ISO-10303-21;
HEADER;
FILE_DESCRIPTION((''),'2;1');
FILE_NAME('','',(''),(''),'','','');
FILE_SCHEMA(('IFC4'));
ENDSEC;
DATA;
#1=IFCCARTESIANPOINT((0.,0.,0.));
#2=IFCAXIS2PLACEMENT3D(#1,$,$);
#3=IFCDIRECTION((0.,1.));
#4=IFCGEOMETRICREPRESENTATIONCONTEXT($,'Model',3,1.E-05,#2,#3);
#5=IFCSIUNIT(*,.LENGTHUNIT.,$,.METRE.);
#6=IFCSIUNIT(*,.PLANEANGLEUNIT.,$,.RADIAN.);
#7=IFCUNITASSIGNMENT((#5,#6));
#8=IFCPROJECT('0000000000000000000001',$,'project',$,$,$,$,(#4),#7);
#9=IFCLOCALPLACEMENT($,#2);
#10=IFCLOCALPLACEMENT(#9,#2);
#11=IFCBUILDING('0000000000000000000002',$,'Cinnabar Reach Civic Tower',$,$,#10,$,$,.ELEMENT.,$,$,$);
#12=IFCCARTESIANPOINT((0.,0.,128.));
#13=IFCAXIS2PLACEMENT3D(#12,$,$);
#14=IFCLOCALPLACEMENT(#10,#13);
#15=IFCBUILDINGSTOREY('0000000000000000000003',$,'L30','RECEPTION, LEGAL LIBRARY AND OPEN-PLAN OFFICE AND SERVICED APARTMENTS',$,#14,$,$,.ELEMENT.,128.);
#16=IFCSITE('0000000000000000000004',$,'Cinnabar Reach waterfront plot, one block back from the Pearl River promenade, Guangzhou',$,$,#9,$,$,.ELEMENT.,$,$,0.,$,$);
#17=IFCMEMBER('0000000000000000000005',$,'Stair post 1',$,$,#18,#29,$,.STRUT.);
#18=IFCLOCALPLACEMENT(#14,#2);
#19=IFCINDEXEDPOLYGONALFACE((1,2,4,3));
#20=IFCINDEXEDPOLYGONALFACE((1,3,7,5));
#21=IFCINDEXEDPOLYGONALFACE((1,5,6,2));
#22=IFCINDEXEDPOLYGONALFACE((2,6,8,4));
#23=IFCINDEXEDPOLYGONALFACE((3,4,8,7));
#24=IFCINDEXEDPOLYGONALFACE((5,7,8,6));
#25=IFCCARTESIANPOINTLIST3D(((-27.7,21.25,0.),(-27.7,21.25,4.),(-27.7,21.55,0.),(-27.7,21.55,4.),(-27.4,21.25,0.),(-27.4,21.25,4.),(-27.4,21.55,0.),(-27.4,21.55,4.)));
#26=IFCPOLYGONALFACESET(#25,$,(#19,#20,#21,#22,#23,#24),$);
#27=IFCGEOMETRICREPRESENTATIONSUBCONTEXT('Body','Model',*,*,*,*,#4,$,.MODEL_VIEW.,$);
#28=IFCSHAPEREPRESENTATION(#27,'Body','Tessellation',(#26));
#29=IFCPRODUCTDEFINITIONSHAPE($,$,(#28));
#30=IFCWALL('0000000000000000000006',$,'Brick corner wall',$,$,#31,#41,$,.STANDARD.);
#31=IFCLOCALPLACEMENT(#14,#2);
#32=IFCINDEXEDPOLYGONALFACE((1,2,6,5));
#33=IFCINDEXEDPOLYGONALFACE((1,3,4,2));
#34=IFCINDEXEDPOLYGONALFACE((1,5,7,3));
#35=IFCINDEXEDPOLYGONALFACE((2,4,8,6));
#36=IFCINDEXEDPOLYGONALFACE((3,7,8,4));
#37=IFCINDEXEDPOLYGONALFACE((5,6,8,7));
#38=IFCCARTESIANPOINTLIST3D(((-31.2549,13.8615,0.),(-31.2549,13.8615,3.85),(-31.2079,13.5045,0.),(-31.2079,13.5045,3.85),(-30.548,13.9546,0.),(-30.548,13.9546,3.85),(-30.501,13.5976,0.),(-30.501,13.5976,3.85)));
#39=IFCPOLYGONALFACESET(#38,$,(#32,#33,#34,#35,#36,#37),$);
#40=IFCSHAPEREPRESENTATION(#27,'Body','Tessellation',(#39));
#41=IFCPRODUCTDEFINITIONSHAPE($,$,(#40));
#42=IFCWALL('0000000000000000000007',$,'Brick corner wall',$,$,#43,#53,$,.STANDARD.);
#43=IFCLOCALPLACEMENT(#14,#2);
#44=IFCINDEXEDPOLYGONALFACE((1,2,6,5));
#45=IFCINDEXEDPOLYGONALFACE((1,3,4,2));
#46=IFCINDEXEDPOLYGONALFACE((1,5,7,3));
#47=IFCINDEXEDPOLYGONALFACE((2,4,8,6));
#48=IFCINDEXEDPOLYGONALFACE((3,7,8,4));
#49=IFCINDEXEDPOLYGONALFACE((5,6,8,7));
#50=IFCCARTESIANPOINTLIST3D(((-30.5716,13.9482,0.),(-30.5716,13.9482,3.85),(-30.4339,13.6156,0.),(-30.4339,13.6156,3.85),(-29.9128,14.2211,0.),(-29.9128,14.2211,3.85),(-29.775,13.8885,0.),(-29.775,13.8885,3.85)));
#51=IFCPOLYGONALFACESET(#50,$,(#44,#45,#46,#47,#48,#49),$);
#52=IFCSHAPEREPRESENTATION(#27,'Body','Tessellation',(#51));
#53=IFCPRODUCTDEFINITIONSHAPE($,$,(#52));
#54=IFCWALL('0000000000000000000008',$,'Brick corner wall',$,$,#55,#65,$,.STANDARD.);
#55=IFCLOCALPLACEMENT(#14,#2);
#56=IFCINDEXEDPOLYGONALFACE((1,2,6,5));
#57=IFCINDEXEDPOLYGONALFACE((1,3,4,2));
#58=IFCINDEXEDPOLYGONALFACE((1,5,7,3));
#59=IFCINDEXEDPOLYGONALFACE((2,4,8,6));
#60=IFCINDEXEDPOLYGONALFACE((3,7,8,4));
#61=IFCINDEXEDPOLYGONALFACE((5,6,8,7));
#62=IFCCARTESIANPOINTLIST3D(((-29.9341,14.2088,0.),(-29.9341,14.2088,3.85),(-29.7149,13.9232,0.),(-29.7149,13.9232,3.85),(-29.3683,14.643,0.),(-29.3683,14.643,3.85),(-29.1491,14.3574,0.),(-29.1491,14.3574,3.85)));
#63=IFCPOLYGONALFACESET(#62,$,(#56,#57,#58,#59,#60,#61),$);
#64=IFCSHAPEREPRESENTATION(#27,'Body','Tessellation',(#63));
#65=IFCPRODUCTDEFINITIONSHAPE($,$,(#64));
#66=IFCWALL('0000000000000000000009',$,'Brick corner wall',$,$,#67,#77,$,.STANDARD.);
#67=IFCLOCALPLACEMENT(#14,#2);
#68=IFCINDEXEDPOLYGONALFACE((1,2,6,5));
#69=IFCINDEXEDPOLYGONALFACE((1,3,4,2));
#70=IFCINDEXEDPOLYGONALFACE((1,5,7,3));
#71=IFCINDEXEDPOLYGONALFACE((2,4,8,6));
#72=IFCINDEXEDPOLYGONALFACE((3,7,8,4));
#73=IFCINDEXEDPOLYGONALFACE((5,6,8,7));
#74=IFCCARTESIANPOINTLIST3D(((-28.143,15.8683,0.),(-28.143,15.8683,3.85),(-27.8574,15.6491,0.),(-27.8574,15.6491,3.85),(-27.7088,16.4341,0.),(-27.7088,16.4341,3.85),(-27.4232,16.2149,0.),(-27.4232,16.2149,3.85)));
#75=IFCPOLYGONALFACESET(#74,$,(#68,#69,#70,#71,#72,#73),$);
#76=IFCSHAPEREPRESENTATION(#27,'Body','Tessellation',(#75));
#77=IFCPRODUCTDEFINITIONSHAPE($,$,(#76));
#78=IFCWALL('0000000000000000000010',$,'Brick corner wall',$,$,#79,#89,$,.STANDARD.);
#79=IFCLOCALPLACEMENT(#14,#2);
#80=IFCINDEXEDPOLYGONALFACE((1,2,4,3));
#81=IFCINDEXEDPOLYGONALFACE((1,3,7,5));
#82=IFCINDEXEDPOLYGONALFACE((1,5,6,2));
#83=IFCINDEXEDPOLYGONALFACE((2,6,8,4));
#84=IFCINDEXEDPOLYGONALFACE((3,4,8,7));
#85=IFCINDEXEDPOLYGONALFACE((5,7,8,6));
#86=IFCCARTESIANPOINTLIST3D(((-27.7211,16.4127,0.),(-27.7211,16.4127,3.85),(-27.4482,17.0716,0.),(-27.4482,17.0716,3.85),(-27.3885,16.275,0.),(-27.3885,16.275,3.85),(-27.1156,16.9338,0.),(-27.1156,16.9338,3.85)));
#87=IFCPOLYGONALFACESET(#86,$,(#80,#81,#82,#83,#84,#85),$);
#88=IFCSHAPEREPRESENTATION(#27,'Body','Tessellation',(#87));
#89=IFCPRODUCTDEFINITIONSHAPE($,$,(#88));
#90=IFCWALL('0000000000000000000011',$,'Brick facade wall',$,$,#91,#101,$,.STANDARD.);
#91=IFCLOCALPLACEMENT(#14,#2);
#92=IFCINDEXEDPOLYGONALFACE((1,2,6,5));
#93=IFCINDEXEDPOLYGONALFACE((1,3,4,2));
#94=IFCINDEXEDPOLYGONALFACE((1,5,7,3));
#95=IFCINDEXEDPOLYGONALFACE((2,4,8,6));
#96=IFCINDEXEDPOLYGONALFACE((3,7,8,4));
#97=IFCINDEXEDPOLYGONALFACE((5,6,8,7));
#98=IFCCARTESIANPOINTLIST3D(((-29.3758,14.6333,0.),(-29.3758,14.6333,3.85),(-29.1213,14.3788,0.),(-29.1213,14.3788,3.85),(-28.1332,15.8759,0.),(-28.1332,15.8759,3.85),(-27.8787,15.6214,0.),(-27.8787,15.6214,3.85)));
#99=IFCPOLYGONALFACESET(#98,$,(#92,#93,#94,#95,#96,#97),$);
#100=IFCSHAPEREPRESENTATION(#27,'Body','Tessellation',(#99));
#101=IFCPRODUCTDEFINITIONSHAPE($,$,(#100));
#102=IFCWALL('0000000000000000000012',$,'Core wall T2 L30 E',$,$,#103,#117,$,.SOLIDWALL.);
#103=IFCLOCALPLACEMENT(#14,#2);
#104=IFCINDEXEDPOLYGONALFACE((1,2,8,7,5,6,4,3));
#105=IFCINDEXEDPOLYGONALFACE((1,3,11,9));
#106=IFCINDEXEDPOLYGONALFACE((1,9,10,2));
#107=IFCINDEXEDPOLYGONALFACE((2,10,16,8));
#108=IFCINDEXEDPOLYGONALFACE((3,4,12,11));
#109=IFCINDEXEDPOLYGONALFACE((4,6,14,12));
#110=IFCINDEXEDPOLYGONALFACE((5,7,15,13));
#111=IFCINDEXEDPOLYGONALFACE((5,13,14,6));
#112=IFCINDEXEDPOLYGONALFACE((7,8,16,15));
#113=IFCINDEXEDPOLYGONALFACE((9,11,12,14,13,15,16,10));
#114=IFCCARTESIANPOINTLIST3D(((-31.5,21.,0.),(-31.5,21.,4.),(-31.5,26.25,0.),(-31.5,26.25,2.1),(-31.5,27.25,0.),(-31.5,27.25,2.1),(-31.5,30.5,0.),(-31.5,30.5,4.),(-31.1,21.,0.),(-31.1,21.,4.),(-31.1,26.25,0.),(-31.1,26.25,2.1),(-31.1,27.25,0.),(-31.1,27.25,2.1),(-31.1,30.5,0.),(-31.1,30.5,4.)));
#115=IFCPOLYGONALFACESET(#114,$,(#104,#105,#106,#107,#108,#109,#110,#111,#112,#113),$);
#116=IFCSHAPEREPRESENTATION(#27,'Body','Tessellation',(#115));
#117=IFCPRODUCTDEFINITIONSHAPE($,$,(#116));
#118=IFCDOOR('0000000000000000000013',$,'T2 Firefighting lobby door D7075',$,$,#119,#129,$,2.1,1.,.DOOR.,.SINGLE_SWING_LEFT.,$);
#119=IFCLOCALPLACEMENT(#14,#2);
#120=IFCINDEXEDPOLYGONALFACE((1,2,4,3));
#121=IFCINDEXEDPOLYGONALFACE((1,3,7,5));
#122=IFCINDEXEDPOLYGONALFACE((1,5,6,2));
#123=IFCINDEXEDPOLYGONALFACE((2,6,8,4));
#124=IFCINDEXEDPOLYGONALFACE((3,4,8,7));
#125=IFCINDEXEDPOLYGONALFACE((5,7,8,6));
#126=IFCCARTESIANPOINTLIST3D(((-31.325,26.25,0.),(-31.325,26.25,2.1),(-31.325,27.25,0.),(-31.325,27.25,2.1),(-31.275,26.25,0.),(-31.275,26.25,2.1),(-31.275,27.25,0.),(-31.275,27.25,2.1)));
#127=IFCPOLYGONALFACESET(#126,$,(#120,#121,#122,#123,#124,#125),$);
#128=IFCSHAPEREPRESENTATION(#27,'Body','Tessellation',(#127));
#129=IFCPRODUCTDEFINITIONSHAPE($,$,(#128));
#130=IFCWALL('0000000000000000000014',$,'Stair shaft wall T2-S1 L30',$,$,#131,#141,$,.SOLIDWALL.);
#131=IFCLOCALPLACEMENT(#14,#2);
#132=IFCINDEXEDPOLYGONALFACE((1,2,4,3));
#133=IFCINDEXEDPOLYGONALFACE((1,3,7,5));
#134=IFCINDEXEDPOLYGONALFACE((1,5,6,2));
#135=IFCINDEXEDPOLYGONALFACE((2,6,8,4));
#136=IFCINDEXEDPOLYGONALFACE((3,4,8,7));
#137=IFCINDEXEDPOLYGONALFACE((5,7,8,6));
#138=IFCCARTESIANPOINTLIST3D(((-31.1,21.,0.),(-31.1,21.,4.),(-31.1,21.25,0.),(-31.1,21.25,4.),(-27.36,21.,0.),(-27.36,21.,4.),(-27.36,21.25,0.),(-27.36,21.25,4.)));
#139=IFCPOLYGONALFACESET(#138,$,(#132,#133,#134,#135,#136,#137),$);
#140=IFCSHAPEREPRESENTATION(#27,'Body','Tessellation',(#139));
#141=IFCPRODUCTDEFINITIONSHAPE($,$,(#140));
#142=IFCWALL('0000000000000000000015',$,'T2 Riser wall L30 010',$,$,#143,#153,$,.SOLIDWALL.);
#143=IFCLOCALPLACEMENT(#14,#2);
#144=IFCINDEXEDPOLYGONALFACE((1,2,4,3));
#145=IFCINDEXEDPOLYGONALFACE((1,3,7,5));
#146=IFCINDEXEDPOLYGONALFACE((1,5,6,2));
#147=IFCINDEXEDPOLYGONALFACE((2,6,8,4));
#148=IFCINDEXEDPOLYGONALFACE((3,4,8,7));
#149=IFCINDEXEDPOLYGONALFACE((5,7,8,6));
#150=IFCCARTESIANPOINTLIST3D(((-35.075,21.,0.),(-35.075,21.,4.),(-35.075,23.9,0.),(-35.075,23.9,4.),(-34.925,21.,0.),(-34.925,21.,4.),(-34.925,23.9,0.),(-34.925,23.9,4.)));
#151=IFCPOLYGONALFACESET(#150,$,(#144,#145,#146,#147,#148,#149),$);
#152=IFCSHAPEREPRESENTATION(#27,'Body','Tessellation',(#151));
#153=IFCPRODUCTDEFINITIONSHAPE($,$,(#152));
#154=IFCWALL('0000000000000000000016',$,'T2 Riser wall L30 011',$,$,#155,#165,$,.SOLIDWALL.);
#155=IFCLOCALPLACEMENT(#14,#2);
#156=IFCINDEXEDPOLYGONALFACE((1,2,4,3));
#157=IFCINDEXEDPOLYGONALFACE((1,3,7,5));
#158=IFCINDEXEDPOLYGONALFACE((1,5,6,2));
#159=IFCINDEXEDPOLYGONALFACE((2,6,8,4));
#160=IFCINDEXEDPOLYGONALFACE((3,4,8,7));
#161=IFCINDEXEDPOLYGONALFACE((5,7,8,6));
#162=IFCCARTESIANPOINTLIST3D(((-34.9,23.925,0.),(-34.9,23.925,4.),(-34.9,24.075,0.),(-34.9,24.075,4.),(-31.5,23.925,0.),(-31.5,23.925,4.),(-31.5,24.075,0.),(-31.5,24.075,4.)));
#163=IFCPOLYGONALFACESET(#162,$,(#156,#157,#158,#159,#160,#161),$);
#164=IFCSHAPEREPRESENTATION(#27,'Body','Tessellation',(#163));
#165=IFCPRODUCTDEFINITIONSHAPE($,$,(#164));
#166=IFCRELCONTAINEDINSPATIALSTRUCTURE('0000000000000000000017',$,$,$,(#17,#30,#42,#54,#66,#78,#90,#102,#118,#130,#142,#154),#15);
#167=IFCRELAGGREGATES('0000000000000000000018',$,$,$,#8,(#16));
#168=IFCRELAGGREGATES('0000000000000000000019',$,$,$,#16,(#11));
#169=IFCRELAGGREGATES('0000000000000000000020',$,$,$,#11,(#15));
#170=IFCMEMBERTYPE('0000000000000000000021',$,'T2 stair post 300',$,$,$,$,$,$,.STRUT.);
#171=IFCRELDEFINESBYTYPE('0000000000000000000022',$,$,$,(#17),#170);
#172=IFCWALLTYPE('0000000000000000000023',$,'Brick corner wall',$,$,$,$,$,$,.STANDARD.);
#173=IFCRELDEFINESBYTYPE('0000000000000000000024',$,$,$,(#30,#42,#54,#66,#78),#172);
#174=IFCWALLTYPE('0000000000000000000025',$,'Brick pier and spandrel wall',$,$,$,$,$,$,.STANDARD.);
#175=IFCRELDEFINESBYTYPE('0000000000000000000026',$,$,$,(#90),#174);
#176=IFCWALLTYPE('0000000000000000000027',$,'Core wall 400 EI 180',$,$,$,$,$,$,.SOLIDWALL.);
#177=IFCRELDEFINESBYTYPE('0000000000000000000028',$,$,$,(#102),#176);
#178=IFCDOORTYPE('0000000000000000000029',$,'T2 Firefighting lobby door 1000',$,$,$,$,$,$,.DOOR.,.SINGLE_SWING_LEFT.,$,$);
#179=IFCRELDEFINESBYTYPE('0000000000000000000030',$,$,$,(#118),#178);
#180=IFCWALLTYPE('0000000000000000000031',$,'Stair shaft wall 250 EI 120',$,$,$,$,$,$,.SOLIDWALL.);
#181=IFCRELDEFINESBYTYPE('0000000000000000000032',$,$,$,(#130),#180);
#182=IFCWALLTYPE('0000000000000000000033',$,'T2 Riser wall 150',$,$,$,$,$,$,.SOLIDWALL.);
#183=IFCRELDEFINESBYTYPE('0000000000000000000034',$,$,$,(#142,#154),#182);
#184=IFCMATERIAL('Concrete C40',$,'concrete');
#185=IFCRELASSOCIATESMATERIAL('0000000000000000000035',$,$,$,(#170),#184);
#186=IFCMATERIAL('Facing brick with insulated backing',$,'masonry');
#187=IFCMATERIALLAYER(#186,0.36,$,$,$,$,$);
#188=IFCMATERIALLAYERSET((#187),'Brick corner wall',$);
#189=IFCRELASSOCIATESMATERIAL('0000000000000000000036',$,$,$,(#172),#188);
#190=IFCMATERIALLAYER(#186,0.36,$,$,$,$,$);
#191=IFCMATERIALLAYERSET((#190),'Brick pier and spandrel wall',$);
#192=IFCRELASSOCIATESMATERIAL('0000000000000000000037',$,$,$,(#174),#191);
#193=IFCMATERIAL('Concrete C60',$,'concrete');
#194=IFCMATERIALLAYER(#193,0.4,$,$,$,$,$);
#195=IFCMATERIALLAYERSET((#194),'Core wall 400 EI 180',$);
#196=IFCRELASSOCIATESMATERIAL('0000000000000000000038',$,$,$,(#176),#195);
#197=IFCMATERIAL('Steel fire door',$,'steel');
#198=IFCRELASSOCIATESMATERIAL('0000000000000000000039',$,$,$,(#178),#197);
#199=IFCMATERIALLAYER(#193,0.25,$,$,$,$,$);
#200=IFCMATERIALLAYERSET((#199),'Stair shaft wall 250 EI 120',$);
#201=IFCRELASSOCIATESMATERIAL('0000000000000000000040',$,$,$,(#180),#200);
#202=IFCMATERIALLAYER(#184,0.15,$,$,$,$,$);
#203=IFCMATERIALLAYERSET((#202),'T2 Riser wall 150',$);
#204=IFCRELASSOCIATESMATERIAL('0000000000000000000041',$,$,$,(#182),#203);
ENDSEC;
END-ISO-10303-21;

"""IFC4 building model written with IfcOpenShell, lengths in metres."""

from ifc_helpers import new_model, si_unit, direction, frame, frame_2d, origin, origin_2d, place, context, subcontext, project, spatial, rectangle, extrude, material, layer, layer_set, material_profile, profile_set, type_object, element, fill, save


model = new_model("IFC4")

# Units and contexts
model_context = context("Model", 3, precision=1e-05, world=origin(), true_north=direction((0.0, 1.0)))
body_context = subcontext(model_context, "Body", "Model", "MODEL_VIEW")
ifc_project = project(units=[si_unit("LENGTHUNIT", "METRE"), si_unit("PLANEANGLEUNIT", "RADIAN")], contexts=[model_context])

# Site, building, storey
site_placement = place(None, origin())
site = spatial("IfcSite", under=ifc_project, at=site_placement, Name="Cinnabar Reach waterfront plot, one block back from the Pearl River promenade, Guangzhou", CompositionType="ELEMENT", RefElevation=0.0)
building_placement = place(site_placement, origin())
building = spatial("IfcBuilding", under=site, at=building_placement, Name="Cinnabar Reach Civic Tower", CompositionType="ELEMENT")
storey_placement = place(building_placement, frame((0.0, 0.0, 128.0)))
storey = spatial("IfcBuildingStorey", under=building, at=storey_placement, Name="L30", Description="RECEPTION, LEGAL LIBRARY AND OPEN-PLAN OFFICE AND SERVICED APARTMENTS", CompositionType="ELEMENT", Elevation=128.0)

# Shared definitions
ifc_material_1 = material(Name="Concrete C60", Category="concrete")

# Member
ifc_material_2 = material(Name="Concrete C40", Category="concrete")
ifc_material_profile_1 = material_profile(ifc_material_2, rectangle(XDim=0.3, YDim=0.3, at=origin_2d()), Name="C300")
ifc_profile_set_1 = profile_set([ifc_material_profile_1], Name="Concrete C40")
member_type = type_object("IfcMemberType", Name="T2 stair post 300", PredefinedType="STRUT", material=ifc_profile_set_1)
member_placement = place(storey_placement, frame((-27.55, 21.4, 0.0), z_axis=(0.0, 0.0, 1.0), x_axis=(1.0, 0.0, 0.0)))
element("IfcMember", 1, at=member_placement, inside=storey, type_object=member_type, Name="Stair post 1", PredefinedType="STRUT", context=body_context, shape_type="SweptSolid", body=[
    extrude(rectangle(XDim=0.3, YDim=0.3, at=origin_2d()), origin(), (0.0, 0.0, 1.0), 4.0),
])

# Walls
ifc_material_3 = material(Name="Facing brick with insulated backing", Category="masonry")
ifc_layer_1 = layer(ifc_material_3, 0.36)
ifc_layer_set_1 = layer_set([ifc_layer_1], Name="Brick corner wall")
wall_type_1 = type_object("IfcWallType", Name="Brick corner wall", PredefinedType="STANDARD", material=ifc_layer_set_1)
for number, where, z_axis, x_axis, name in (
    (2, (-31.2314, 13.683, 0.0), (0.0, 0.0, 1.0), (0.991441, 0.130556, 0.0), "Brick corner wall"),
    (3, (-30.5027, 13.7819, 0.0), (0.0, 0.0, 1.0), (0.923872, 0.382703, 0.0), "Brick corner wall"),
):
    element("IfcWall", number, at=place(storey_placement, frame(where, z_axis=z_axis, x_axis=x_axis)), inside=storey, type_object=wall_type_1, Name=name, PredefinedType="STANDARD", context=body_context, shape_type="SweptSolid", body=[
        extrude(rectangle(XDim=0.7131, YDim=0.36, at=frame_2d((0.3565, 0.0))), origin(), (0.0, 0.0, 1.0), 3.85),
    ])
for number, where, z_axis, x_axis, name in (
    (4, (-29.8245, 14.066, 0.0), (0.0, 0.0, 1.0), (0.793322, 0.608802, 0.0), "Brick corner wall"),
    (5, (-28.0002, 15.7587, 0.0), (0.0, 0.0, 1.0), (0.608802, 0.793322, 0.0), "Brick corner wall"),
):
    element("IfcWall", number, at=place(storey_placement, frame(where, z_axis=z_axis, x_axis=x_axis)), inside=storey, type_object=wall_type_1, Name=name, PredefinedType="STANDARD", context=body_context, shape_type="SweptSolid", body=[
        extrude(rectangle(XDim=0.7132, YDim=0.36, at=frame_2d((0.3566, 0.0))), origin(), (0.0, 0.0, 1.0), 3.85),
    ])
wall_1_placement = place(storey_placement, frame((-27.5548, 16.3439, 0.0), z_axis=(0.0, 0.0, 1.0), x_axis=(0.382703, 0.923872, 0.0)))
element("IfcWall", 6, at=wall_1_placement, inside=storey, type_object=wall_type_1, Name="Brick corner wall", PredefinedType="STANDARD", context=body_context, shape_type="SweptSolid", body=[
    extrude(rectangle(XDim=0.7131, YDim=0.36, at=frame_2d((0.3565, 0.0))), origin(), (0.0, 0.0, 1.0), 3.85),
])
ifc_layer_2 = layer(ifc_material_3, 0.36)
ifc_layer_set_2 = layer_set([ifc_layer_2], Name="Brick pier and spandrel wall")
wall_type_2 = type_object("IfcWallType", Name="Brick pier and spandrel wall", PredefinedType="STANDARD", material=ifc_layer_set_2)
wall_2_placement = place(storey_placement, frame((-29.2486, 14.506, 0.0), z_axis=(0.0, 0.0, 1.0), x_axis=(0.707107, 0.707107, 0.0)))
element("IfcWall", 7, at=wall_2_placement, inside=storey, type_object=wall_type_2, Name="Brick facade wall", PredefinedType="STANDARD", context=body_context, shape_type="SweptSolid", body=[
    extrude(rectangle(XDim=1.7573, YDim=0.36, at=frame_2d((0.8787, 0.0))), origin(), (0.0, 0.0, 1.0), 3.85),
])

# Wall, opening, door
ifc_layer_3 = layer(ifc_material_1, 0.4)
ifc_layer_set_3 = layer_set([ifc_layer_3], Name="Core wall 400 EI 180")
wall_type_3 = type_object("IfcWallType", Name="Core wall 400 EI 180", PredefinedType="SOLIDWALL", material=ifc_layer_set_3)
wall_3_placement = place(storey_placement, frame((-31.3, 21.0, 0.0), z_axis=(0.0, 0.0, 1.0), x_axis=(0.0, 1.0, 0.0)))
wall_3 = element("IfcWall", 8, at=wall_3_placement, inside=storey, type_object=wall_type_3, Name="Core wall T2 L30 E", PredefinedType="SOLIDWALL", context=body_context, shape_type="SweptSolid", body=[
    extrude(rectangle(XDim=9.5, YDim=0.4, at=frame_2d((4.75, 0.0))), origin(), (0.0, 0.0, 1.0), 4.0),
])
opening_1_placement = place(wall_3_placement, frame((5.25, 0.0, 0.0)))
opening_1 = element("IfcOpeningElement", 9, at=opening_1_placement, cuts=wall_3, PredefinedType="OPENING", context=body_context, shape_type="SweptSolid", body=[
    extrude(rectangle(XDim=1.0, YDim=2.1, at=frame_2d((0.5, 1.05))), frame((0.0, 0.21, 0.0), z_axis=(0.0, -1.0, 0.0), x_axis=(1.0, 0.0, 0.0)), (0.0, 0.0, 1.0), 0.42),
])
ifc_material_4 = material(Name="Steel fire door", Category="steel")
door_type_1 = type_object("IfcDoorType", Name="T2 Firefighting lobby door 1000", OperationType="SINGLE_SWING_LEFT", PredefinedType="DOOR", material=ifc_material_4)
door_1_placement = place(opening_1_placement, frame((1.0, 0.0, 0.0), z_axis=(0.0, 0.0, 1.0), x_axis=(-1.0, 0.0, 0.0)))
door_1 = element("IfcDoor", 10, at=door_1_placement, inside=storey, type_object=door_type_1, Name="T2 Firefighting lobby door D7075", OperationType="SINGLE_SWING_LEFT", OverallHeight=2.1, OverallWidth=1.0, PredefinedType="DOOR", context=body_context, shape_type="SweptSolid", body=[
    extrude(rectangle(XDim=1.0, YDim=2.1, at=frame_2d((0.5, 1.05))), frame((0.0, 0.025, 0.0), z_axis=(0.0, -1.0, 0.0), x_axis=(1.0, 0.0, 0.0)), (0.0, 0.0, 1.0), 0.05),
])
fill(opening_1, door_1)

# Walls
ifc_layer_4 = layer(ifc_material_1, 0.25)
ifc_layer_set_4 = layer_set([ifc_layer_4], Name="Stair shaft wall 250 EI 120")
wall_type_4 = type_object("IfcWallType", Name="Stair shaft wall 250 EI 120", PredefinedType="SOLIDWALL", material=ifc_layer_set_4)
wall_4_placement = place(storey_placement, frame((-31.1, 21.125, 0.0), z_axis=(0.0, 0.0, 1.0), x_axis=(1.0, 0.0, 0.0)))
element("IfcWall", 11, at=wall_4_placement, inside=storey, type_object=wall_type_4, Name="Stair shaft wall T2-S1 L30", PredefinedType="SOLIDWALL", context=body_context, shape_type="SweptSolid", body=[
    extrude(rectangle(XDim=3.74, YDim=0.25, at=frame_2d((1.87, 0.0))), origin(), (0.0, 0.0, 1.0), 4.0),
])
ifc_layer_5 = layer(ifc_material_2, 0.15)
ifc_layer_set_5 = layer_set([ifc_layer_5], Name="T2 Riser wall 150")
wall_type_5 = type_object("IfcWallType", Name="T2 Riser wall 150", PredefinedType="SOLIDWALL", material=ifc_layer_set_5)
wall_5_placement = place(storey_placement, frame((-35.0, 21.0, 0.0), z_axis=(0.0, 0.0, 1.0), x_axis=(0.0, 1.0, 0.0)))
element("IfcWall", 12, at=wall_5_placement, inside=storey, type_object=wall_type_5, Name="T2 Riser wall L30 010", PredefinedType="SOLIDWALL", context=body_context, shape_type="SweptSolid", body=[
    extrude(rectangle(XDim=2.9, YDim=0.15, at=frame_2d((1.45, 0.0))), origin(), (0.0, 0.0, 1.0), 4.0),
])
wall_6_placement = place(storey_placement, frame((-31.5, 24.0, 0.0), z_axis=(0.0, 0.0, 1.0), x_axis=(-1.0, 0.0, 0.0)))
element("IfcWall", 13, at=wall_6_placement, inside=storey, type_object=wall_type_5, Name="T2 Riser wall L30 011", PredefinedType="SOLIDWALL", context=body_context, shape_type="SweptSolid", body=[
    extrude(rectangle(XDim=3.4, YDim=0.15, at=frame_2d((1.7, 0.0))), origin(), (0.0, 0.0, 1.0), 4.0),
])

save(model, "model.ifc")
